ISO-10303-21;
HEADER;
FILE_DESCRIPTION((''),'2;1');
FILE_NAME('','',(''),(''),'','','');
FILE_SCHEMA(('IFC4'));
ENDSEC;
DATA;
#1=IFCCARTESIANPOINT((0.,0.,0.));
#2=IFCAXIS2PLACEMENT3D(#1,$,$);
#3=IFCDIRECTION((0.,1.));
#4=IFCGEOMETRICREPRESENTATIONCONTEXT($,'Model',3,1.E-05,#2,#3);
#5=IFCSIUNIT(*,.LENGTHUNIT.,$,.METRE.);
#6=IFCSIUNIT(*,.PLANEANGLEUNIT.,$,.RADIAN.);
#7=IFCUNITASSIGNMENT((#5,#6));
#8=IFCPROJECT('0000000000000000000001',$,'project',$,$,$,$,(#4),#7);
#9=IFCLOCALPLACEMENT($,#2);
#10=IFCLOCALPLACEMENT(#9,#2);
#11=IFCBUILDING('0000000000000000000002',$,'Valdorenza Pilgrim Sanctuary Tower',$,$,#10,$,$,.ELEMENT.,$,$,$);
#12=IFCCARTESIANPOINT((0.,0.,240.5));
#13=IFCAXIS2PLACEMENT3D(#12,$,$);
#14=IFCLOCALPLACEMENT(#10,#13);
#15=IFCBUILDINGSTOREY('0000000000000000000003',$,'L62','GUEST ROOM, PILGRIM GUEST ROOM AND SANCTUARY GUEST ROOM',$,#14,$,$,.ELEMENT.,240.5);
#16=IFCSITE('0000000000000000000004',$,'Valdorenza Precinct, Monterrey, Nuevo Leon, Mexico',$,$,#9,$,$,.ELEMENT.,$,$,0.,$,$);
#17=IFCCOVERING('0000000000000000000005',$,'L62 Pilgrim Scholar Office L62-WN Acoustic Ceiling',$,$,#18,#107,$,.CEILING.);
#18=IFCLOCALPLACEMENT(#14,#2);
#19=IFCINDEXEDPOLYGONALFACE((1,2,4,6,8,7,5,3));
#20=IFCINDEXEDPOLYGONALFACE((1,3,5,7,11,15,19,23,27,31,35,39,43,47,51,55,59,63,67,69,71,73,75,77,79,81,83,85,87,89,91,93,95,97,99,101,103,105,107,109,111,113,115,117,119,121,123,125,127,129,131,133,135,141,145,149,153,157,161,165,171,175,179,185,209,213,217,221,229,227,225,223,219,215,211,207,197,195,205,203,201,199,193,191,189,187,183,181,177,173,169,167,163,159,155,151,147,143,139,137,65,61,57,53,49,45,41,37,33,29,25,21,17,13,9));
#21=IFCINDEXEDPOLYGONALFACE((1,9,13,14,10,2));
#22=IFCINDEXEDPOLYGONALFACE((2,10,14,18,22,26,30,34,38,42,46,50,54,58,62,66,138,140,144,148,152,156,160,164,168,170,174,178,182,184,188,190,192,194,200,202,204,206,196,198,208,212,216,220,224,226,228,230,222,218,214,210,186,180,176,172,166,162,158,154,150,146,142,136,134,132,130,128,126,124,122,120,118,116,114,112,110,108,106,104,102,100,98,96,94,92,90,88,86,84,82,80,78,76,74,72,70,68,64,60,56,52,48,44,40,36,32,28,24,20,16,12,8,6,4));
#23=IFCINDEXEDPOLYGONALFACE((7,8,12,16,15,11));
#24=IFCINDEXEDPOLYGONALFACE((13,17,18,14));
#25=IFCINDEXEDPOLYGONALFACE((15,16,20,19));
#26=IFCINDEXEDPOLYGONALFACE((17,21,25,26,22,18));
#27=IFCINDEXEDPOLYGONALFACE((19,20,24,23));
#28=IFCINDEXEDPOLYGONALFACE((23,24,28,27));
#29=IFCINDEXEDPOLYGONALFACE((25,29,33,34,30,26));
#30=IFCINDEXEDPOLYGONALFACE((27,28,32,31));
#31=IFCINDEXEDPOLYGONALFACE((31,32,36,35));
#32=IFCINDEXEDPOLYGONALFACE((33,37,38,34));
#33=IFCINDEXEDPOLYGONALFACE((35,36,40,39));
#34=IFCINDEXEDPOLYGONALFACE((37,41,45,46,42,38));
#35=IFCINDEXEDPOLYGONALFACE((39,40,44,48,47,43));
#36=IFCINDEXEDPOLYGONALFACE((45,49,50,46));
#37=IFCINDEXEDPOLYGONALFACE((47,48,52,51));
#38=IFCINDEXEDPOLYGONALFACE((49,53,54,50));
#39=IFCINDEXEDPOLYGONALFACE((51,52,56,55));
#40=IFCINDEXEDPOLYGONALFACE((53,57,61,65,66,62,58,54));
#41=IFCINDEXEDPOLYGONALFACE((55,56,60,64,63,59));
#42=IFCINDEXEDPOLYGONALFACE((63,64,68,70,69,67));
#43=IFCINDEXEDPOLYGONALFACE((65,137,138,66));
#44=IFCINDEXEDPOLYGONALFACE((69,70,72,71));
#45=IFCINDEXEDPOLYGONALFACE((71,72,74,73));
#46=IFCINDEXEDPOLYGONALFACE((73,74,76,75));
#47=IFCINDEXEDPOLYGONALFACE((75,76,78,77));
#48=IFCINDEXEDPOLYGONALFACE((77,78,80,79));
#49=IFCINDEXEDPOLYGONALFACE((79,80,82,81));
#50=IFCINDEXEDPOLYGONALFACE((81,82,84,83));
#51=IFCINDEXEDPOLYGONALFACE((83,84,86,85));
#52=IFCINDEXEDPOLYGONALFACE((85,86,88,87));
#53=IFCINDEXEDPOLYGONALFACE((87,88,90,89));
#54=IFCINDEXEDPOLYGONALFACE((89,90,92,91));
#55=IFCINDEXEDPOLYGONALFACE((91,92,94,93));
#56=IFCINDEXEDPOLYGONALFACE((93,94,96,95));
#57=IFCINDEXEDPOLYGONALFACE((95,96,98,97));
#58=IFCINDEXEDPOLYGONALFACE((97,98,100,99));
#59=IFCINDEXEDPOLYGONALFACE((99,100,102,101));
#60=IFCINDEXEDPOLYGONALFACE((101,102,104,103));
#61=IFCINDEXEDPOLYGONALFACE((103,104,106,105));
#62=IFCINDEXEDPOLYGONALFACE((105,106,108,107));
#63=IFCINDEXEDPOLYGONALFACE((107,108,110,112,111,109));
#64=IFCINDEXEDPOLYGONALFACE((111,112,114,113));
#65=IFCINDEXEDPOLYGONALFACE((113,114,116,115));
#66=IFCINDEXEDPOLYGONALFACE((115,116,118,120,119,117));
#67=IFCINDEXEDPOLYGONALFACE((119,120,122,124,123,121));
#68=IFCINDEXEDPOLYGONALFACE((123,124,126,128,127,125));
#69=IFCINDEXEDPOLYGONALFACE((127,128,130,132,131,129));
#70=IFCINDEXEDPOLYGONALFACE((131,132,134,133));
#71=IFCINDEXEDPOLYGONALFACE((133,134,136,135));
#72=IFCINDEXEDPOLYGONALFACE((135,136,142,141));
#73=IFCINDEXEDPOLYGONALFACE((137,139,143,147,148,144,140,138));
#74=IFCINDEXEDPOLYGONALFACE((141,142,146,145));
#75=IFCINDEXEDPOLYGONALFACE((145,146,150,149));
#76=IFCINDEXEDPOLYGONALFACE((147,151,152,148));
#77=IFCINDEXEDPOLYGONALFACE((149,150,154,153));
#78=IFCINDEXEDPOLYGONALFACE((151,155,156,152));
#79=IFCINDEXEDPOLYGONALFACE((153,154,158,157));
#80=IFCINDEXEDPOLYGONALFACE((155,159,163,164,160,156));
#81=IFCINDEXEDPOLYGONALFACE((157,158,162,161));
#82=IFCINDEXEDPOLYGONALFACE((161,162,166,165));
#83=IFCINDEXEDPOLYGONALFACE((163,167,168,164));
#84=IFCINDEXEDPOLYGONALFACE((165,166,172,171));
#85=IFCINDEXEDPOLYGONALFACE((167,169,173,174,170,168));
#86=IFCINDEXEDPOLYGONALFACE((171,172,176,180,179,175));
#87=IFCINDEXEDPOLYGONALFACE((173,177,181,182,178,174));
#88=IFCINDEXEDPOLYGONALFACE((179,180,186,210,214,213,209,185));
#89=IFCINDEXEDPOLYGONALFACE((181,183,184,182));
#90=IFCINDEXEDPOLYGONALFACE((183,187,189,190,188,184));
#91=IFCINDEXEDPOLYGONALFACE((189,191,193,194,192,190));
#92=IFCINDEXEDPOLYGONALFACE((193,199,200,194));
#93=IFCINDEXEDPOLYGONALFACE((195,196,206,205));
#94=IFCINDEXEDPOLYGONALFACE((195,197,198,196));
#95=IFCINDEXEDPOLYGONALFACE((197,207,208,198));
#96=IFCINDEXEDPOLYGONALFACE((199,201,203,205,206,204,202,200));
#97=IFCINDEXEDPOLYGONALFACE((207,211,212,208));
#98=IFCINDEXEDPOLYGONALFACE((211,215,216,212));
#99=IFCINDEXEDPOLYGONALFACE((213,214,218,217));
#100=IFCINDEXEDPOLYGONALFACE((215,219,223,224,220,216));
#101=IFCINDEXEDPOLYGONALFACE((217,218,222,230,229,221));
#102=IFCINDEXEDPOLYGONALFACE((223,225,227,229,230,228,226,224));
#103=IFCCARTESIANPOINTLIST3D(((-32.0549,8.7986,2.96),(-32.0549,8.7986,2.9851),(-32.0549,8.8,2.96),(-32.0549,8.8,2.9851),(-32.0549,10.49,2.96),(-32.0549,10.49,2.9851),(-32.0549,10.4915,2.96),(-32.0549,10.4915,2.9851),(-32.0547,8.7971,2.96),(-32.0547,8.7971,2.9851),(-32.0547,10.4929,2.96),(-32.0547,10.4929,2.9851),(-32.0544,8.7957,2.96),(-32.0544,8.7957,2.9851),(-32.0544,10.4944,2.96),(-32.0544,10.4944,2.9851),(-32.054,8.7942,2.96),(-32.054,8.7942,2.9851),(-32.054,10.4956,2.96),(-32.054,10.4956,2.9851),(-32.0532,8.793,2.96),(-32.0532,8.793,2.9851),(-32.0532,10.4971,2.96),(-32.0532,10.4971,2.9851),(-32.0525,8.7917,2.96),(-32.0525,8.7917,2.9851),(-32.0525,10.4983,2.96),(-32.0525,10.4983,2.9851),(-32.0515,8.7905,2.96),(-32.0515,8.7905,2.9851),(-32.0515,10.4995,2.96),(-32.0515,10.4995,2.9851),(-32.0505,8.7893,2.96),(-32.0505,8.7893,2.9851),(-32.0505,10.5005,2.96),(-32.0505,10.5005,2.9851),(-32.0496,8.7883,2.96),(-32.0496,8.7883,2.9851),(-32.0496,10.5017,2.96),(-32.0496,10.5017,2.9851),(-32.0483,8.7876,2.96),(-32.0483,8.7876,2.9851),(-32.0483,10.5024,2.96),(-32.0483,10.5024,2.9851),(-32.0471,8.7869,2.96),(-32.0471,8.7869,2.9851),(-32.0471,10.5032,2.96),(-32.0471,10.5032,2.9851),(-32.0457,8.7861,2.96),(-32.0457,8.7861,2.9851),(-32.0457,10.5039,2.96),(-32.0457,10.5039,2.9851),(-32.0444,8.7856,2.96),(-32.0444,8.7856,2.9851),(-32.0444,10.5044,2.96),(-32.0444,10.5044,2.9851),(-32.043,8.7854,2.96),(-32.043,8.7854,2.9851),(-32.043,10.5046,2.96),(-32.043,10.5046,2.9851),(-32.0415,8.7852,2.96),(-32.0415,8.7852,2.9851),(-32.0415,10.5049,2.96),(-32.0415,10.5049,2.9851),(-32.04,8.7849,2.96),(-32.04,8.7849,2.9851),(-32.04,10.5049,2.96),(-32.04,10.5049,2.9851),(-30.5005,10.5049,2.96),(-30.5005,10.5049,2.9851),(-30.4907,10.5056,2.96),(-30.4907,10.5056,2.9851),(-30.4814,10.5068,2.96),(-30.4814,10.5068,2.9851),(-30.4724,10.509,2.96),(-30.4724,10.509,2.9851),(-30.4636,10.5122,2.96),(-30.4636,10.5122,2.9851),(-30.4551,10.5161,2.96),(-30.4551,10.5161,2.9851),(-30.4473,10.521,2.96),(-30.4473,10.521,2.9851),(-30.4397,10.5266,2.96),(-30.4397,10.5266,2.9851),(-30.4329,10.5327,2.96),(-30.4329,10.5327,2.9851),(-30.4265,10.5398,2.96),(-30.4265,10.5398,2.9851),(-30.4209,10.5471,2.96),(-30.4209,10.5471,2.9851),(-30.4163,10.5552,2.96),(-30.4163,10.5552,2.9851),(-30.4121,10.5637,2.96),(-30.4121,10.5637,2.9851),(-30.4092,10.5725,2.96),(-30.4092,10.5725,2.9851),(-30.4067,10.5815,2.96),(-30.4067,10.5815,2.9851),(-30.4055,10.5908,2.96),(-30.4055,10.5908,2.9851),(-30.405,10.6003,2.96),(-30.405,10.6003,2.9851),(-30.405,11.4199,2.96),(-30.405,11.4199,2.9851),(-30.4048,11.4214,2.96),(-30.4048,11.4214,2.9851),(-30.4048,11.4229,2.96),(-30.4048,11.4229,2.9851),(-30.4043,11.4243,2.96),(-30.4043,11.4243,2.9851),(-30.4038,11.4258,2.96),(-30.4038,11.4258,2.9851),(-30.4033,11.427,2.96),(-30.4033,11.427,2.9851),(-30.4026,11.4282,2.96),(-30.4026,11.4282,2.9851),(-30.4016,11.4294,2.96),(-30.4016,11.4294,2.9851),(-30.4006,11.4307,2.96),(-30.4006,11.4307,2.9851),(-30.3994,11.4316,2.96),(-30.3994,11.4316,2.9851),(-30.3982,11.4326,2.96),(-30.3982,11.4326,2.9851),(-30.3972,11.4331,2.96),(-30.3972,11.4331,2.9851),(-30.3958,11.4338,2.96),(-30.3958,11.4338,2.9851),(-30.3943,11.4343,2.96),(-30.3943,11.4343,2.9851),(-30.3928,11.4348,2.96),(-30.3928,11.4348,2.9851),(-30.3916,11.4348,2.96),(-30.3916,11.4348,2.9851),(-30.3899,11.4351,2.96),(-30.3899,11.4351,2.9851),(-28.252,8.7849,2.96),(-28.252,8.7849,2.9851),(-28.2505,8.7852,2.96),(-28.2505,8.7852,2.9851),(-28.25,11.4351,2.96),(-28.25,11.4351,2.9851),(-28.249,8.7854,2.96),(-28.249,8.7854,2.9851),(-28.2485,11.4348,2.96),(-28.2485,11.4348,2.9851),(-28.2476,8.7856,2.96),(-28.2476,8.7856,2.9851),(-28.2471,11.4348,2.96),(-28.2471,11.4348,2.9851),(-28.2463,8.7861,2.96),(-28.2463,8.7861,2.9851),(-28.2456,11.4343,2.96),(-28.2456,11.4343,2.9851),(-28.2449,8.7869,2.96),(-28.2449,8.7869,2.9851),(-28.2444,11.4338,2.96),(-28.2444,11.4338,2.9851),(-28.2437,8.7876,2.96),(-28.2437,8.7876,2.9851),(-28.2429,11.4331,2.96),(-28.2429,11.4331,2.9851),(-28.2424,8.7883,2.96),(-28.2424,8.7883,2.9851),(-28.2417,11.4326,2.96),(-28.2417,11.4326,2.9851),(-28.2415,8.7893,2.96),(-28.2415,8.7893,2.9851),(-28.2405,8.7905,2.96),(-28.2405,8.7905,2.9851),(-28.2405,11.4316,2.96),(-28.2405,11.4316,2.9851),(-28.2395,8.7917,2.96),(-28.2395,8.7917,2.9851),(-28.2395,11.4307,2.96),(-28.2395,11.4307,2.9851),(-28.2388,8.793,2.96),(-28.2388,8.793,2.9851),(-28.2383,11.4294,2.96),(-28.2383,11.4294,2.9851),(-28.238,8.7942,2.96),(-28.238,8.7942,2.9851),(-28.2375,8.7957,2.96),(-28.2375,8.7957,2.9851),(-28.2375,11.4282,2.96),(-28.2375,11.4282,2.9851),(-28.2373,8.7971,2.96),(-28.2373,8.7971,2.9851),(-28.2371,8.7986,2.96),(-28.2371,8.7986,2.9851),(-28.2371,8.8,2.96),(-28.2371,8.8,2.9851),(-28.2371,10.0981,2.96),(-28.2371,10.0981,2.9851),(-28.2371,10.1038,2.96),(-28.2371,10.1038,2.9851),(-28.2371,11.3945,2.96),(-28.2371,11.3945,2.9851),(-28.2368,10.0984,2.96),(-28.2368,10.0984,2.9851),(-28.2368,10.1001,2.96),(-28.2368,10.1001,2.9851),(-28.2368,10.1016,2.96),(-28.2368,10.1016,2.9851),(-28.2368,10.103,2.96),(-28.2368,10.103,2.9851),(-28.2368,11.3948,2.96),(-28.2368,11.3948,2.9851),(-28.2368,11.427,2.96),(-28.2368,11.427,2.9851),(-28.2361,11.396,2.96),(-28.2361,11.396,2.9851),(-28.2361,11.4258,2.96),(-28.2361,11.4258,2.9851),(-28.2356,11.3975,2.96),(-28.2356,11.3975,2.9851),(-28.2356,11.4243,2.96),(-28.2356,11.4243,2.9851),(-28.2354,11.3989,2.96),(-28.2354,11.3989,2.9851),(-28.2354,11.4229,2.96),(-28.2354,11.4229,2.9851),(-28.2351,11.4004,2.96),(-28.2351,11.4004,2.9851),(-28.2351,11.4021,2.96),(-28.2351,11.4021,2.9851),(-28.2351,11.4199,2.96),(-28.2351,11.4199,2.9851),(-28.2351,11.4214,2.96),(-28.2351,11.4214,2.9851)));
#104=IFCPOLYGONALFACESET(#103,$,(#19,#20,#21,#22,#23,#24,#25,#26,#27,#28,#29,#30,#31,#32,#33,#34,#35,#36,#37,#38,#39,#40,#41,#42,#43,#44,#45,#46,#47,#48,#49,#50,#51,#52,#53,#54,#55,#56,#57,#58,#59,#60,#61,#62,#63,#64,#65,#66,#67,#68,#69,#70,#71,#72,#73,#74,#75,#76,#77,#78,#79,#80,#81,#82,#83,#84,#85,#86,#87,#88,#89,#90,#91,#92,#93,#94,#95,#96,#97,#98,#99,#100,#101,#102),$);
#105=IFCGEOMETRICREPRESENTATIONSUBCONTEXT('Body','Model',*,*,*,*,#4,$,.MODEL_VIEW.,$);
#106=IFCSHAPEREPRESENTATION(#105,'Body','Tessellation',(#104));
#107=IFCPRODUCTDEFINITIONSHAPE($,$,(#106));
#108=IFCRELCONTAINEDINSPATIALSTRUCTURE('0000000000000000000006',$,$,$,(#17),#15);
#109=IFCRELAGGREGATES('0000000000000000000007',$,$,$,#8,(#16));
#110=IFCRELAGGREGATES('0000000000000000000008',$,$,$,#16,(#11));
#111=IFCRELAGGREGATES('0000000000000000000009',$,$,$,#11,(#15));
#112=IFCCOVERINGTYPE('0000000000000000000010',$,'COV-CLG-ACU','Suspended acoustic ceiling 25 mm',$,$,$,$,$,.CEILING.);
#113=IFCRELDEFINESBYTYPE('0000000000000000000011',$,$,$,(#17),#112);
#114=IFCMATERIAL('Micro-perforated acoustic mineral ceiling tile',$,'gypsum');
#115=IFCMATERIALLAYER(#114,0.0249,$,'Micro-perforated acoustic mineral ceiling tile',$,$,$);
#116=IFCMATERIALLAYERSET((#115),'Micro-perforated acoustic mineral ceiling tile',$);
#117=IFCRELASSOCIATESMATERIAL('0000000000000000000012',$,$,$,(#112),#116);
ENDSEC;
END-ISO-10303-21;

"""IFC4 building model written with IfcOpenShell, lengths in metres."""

from ifc_helpers import new_model, si_unit, direction, frame, origin, place, context, subcontext, project, spatial, polyline, outline, extrude, material, layer, layer_set, type_object, element, save


model = new_model("IFC4")

# Units and contexts
model_context = context("Model", 3, precision=1e-05, world=origin(), true_north=direction((0.0, 1.0)))
body_context = subcontext(model_context, "Body", "Model", "MODEL_VIEW")
ifc_project = project(units=[si_unit("LENGTHUNIT", "METRE"), si_unit("PLANEANGLEUNIT", "RADIAN")], contexts=[model_context])

# Site, building, storey
site_placement = place(None, origin())
site = spatial("IfcSite", under=ifc_project, at=site_placement, Name="Valdorenza Precinct, Monterrey, Nuevo Leon, Mexico", CompositionType="ELEMENT", RefElevation=0.0)
building_placement = place(site_placement, origin())
building = spatial("IfcBuilding", under=site, at=building_placement, Name="Valdorenza Pilgrim Sanctuary Tower", CompositionType="ELEMENT")
storey_placement = place(building_placement, frame((0.0, 0.0, 240.5)))
storey = spatial("IfcBuildingStorey", under=building, at=storey_placement, Name="L62", Description="GUEST ROOM, PILGRIM GUEST ROOM AND SANCTUARY GUEST ROOM", CompositionType="ELEMENT", Elevation=240.5)

# Covering
ifc_material_1 = material(Name="Micro-perforated acoustic mineral ceiling tile", Category="gypsum")
ifc_layer_1 = layer(ifc_material_1, 0.0249, Name="Micro-perforated acoustic mineral ceiling tile")
ifc_layer_set_1 = layer_set([ifc_layer_1], Name="Micro-perforated acoustic mineral ceiling tile")
covering_type_1 = type_object("IfcCoveringType", Name="COV-CLG-ACU", Description="Suspended acoustic ceiling 25 mm", PredefinedType="CEILING", material=ifc_layer_set_1)
covering_1_placement = place(storey_placement, frame((0.0, 0.0, 2.96)))
element("IfcCovering", 1, at=covering_1_placement, inside=storey, type_object=covering_type_1, Name="L62 Pilgrim Scholar Office L62-WN Acoustic Ceiling", PredefinedType="CEILING", context=body_context, shape_type="SweptSolid", body=[
    extrude(outline(polyline([(-28.2371, 11.3945), (-28.2371, 10.1038), (-28.2368, 10.103), (-28.2368, 10.1016), (-28.2368, 10.1001), (-28.2368, 10.0984), (-28.2371, 10.0981), (-28.2371, 8.8), (-28.2371, 8.7986), (-28.2373, 8.7971), (-28.2375, 8.7957), (-28.238, 8.7942), (-28.2388, 8.793), (-28.2395, 8.7917), (-28.2405, 8.7905), (-28.2415, 8.7893), (-28.2424, 8.7883), (-28.2437, 8.7876), (-28.2449, 8.7869), (-28.2463, 8.7861), (-28.2476, 8.7856), (-28.249, 8.7854), (-28.2505, 8.7852), (-28.252, 8.7849), (-32.04, 8.7849), (-32.0415, 8.7852), (-32.043, 8.7854), (-32.0444, 8.7856), (-32.0457, 8.7861), (-32.0471, 8.7869), (-32.0483, 8.7876), (-32.0496, 8.7883), (-32.0505, 8.7893), (-32.0515, 8.7905), (-32.0525, 8.7917), (-32.0532, 8.793), (-32.054, 8.7942), (-32.0544, 8.7957), (-32.0547, 8.7971), (-32.0549, 8.7986), (-32.0549, 8.8), (-32.0549, 10.49), (-32.0549, 10.4915), (-32.0547, 10.4929), (-32.0544, 10.4944), (-32.054, 10.4956), (-32.0532, 10.4971), (-32.0525, 10.4983), (-32.0515, 10.4995), (-32.0505, 10.5005), (-32.0496, 10.5017), (-32.0483, 10.5024), (-32.0471, 10.5032), (-32.0457, 10.5039), (-32.0444, 10.5044), (-32.043, 10.5046), (-32.0415, 10.5049), (-32.04, 10.5049), (-30.5005, 10.5049), (-30.4907, 10.5056), (-30.4814, 10.5068), (-30.4724, 10.509), (-30.4636, 10.5122), (-30.4551, 10.5161), (-30.4473, 10.521), (-30.4397, 10.5266), (-30.4329, 10.5327), (-30.4265, 10.5398), (-30.4209, 10.5471), (-30.4163, 10.5552), (-30.4121, 10.5637), (-30.4092, 10.5725), (-30.4067, 10.5815), (-30.4055, 10.5908), (-30.405, 10.6003), (-30.405, 11.4199), (-30.4048, 11.4214), (-30.4048, 11.4229), (-30.4043, 11.4243), (-30.4038, 11.4258), (-30.4033, 11.427), (-30.4026, 11.4282), (-30.4016, 11.4294), (-30.4006, 11.4307), (-30.3994, 11.4316), (-30.3982, 11.4326), (-30.3972, 11.4331), (-30.3958, 11.4338), (-30.3943, 11.4343), (-30.3928, 11.4348), (-30.3916, 11.4348), (-30.3899, 11.4351), (-28.25, 11.4351), (-28.2485, 11.4348), (-28.2471, 11.4348), (-28.2456, 11.4343), (-28.2444, 11.4338), (-28.2429, 11.4331), (-28.2417, 11.4326), (-28.2405, 11.4316), (-28.2395, 11.4307), (-28.2383, 11.4294), (-28.2375, 11.4282), (-28.2368, 11.427), (-28.2361, 11.4258), (-28.2356, 11.4243), (-28.2354, 11.4229), (-28.2351, 11.4214), (-28.2351, 11.4199), (-28.2351, 11.4021), (-28.2351, 11.4004), (-28.2354, 11.3989), (-28.2356, 11.3975), (-28.2361, 11.396), (-28.2368, 11.3948), (-28.2371, 11.3945)])), origin(), (0.0, 0.0, 1.0), 0.0251),
])

save(model, "model.ifc")
